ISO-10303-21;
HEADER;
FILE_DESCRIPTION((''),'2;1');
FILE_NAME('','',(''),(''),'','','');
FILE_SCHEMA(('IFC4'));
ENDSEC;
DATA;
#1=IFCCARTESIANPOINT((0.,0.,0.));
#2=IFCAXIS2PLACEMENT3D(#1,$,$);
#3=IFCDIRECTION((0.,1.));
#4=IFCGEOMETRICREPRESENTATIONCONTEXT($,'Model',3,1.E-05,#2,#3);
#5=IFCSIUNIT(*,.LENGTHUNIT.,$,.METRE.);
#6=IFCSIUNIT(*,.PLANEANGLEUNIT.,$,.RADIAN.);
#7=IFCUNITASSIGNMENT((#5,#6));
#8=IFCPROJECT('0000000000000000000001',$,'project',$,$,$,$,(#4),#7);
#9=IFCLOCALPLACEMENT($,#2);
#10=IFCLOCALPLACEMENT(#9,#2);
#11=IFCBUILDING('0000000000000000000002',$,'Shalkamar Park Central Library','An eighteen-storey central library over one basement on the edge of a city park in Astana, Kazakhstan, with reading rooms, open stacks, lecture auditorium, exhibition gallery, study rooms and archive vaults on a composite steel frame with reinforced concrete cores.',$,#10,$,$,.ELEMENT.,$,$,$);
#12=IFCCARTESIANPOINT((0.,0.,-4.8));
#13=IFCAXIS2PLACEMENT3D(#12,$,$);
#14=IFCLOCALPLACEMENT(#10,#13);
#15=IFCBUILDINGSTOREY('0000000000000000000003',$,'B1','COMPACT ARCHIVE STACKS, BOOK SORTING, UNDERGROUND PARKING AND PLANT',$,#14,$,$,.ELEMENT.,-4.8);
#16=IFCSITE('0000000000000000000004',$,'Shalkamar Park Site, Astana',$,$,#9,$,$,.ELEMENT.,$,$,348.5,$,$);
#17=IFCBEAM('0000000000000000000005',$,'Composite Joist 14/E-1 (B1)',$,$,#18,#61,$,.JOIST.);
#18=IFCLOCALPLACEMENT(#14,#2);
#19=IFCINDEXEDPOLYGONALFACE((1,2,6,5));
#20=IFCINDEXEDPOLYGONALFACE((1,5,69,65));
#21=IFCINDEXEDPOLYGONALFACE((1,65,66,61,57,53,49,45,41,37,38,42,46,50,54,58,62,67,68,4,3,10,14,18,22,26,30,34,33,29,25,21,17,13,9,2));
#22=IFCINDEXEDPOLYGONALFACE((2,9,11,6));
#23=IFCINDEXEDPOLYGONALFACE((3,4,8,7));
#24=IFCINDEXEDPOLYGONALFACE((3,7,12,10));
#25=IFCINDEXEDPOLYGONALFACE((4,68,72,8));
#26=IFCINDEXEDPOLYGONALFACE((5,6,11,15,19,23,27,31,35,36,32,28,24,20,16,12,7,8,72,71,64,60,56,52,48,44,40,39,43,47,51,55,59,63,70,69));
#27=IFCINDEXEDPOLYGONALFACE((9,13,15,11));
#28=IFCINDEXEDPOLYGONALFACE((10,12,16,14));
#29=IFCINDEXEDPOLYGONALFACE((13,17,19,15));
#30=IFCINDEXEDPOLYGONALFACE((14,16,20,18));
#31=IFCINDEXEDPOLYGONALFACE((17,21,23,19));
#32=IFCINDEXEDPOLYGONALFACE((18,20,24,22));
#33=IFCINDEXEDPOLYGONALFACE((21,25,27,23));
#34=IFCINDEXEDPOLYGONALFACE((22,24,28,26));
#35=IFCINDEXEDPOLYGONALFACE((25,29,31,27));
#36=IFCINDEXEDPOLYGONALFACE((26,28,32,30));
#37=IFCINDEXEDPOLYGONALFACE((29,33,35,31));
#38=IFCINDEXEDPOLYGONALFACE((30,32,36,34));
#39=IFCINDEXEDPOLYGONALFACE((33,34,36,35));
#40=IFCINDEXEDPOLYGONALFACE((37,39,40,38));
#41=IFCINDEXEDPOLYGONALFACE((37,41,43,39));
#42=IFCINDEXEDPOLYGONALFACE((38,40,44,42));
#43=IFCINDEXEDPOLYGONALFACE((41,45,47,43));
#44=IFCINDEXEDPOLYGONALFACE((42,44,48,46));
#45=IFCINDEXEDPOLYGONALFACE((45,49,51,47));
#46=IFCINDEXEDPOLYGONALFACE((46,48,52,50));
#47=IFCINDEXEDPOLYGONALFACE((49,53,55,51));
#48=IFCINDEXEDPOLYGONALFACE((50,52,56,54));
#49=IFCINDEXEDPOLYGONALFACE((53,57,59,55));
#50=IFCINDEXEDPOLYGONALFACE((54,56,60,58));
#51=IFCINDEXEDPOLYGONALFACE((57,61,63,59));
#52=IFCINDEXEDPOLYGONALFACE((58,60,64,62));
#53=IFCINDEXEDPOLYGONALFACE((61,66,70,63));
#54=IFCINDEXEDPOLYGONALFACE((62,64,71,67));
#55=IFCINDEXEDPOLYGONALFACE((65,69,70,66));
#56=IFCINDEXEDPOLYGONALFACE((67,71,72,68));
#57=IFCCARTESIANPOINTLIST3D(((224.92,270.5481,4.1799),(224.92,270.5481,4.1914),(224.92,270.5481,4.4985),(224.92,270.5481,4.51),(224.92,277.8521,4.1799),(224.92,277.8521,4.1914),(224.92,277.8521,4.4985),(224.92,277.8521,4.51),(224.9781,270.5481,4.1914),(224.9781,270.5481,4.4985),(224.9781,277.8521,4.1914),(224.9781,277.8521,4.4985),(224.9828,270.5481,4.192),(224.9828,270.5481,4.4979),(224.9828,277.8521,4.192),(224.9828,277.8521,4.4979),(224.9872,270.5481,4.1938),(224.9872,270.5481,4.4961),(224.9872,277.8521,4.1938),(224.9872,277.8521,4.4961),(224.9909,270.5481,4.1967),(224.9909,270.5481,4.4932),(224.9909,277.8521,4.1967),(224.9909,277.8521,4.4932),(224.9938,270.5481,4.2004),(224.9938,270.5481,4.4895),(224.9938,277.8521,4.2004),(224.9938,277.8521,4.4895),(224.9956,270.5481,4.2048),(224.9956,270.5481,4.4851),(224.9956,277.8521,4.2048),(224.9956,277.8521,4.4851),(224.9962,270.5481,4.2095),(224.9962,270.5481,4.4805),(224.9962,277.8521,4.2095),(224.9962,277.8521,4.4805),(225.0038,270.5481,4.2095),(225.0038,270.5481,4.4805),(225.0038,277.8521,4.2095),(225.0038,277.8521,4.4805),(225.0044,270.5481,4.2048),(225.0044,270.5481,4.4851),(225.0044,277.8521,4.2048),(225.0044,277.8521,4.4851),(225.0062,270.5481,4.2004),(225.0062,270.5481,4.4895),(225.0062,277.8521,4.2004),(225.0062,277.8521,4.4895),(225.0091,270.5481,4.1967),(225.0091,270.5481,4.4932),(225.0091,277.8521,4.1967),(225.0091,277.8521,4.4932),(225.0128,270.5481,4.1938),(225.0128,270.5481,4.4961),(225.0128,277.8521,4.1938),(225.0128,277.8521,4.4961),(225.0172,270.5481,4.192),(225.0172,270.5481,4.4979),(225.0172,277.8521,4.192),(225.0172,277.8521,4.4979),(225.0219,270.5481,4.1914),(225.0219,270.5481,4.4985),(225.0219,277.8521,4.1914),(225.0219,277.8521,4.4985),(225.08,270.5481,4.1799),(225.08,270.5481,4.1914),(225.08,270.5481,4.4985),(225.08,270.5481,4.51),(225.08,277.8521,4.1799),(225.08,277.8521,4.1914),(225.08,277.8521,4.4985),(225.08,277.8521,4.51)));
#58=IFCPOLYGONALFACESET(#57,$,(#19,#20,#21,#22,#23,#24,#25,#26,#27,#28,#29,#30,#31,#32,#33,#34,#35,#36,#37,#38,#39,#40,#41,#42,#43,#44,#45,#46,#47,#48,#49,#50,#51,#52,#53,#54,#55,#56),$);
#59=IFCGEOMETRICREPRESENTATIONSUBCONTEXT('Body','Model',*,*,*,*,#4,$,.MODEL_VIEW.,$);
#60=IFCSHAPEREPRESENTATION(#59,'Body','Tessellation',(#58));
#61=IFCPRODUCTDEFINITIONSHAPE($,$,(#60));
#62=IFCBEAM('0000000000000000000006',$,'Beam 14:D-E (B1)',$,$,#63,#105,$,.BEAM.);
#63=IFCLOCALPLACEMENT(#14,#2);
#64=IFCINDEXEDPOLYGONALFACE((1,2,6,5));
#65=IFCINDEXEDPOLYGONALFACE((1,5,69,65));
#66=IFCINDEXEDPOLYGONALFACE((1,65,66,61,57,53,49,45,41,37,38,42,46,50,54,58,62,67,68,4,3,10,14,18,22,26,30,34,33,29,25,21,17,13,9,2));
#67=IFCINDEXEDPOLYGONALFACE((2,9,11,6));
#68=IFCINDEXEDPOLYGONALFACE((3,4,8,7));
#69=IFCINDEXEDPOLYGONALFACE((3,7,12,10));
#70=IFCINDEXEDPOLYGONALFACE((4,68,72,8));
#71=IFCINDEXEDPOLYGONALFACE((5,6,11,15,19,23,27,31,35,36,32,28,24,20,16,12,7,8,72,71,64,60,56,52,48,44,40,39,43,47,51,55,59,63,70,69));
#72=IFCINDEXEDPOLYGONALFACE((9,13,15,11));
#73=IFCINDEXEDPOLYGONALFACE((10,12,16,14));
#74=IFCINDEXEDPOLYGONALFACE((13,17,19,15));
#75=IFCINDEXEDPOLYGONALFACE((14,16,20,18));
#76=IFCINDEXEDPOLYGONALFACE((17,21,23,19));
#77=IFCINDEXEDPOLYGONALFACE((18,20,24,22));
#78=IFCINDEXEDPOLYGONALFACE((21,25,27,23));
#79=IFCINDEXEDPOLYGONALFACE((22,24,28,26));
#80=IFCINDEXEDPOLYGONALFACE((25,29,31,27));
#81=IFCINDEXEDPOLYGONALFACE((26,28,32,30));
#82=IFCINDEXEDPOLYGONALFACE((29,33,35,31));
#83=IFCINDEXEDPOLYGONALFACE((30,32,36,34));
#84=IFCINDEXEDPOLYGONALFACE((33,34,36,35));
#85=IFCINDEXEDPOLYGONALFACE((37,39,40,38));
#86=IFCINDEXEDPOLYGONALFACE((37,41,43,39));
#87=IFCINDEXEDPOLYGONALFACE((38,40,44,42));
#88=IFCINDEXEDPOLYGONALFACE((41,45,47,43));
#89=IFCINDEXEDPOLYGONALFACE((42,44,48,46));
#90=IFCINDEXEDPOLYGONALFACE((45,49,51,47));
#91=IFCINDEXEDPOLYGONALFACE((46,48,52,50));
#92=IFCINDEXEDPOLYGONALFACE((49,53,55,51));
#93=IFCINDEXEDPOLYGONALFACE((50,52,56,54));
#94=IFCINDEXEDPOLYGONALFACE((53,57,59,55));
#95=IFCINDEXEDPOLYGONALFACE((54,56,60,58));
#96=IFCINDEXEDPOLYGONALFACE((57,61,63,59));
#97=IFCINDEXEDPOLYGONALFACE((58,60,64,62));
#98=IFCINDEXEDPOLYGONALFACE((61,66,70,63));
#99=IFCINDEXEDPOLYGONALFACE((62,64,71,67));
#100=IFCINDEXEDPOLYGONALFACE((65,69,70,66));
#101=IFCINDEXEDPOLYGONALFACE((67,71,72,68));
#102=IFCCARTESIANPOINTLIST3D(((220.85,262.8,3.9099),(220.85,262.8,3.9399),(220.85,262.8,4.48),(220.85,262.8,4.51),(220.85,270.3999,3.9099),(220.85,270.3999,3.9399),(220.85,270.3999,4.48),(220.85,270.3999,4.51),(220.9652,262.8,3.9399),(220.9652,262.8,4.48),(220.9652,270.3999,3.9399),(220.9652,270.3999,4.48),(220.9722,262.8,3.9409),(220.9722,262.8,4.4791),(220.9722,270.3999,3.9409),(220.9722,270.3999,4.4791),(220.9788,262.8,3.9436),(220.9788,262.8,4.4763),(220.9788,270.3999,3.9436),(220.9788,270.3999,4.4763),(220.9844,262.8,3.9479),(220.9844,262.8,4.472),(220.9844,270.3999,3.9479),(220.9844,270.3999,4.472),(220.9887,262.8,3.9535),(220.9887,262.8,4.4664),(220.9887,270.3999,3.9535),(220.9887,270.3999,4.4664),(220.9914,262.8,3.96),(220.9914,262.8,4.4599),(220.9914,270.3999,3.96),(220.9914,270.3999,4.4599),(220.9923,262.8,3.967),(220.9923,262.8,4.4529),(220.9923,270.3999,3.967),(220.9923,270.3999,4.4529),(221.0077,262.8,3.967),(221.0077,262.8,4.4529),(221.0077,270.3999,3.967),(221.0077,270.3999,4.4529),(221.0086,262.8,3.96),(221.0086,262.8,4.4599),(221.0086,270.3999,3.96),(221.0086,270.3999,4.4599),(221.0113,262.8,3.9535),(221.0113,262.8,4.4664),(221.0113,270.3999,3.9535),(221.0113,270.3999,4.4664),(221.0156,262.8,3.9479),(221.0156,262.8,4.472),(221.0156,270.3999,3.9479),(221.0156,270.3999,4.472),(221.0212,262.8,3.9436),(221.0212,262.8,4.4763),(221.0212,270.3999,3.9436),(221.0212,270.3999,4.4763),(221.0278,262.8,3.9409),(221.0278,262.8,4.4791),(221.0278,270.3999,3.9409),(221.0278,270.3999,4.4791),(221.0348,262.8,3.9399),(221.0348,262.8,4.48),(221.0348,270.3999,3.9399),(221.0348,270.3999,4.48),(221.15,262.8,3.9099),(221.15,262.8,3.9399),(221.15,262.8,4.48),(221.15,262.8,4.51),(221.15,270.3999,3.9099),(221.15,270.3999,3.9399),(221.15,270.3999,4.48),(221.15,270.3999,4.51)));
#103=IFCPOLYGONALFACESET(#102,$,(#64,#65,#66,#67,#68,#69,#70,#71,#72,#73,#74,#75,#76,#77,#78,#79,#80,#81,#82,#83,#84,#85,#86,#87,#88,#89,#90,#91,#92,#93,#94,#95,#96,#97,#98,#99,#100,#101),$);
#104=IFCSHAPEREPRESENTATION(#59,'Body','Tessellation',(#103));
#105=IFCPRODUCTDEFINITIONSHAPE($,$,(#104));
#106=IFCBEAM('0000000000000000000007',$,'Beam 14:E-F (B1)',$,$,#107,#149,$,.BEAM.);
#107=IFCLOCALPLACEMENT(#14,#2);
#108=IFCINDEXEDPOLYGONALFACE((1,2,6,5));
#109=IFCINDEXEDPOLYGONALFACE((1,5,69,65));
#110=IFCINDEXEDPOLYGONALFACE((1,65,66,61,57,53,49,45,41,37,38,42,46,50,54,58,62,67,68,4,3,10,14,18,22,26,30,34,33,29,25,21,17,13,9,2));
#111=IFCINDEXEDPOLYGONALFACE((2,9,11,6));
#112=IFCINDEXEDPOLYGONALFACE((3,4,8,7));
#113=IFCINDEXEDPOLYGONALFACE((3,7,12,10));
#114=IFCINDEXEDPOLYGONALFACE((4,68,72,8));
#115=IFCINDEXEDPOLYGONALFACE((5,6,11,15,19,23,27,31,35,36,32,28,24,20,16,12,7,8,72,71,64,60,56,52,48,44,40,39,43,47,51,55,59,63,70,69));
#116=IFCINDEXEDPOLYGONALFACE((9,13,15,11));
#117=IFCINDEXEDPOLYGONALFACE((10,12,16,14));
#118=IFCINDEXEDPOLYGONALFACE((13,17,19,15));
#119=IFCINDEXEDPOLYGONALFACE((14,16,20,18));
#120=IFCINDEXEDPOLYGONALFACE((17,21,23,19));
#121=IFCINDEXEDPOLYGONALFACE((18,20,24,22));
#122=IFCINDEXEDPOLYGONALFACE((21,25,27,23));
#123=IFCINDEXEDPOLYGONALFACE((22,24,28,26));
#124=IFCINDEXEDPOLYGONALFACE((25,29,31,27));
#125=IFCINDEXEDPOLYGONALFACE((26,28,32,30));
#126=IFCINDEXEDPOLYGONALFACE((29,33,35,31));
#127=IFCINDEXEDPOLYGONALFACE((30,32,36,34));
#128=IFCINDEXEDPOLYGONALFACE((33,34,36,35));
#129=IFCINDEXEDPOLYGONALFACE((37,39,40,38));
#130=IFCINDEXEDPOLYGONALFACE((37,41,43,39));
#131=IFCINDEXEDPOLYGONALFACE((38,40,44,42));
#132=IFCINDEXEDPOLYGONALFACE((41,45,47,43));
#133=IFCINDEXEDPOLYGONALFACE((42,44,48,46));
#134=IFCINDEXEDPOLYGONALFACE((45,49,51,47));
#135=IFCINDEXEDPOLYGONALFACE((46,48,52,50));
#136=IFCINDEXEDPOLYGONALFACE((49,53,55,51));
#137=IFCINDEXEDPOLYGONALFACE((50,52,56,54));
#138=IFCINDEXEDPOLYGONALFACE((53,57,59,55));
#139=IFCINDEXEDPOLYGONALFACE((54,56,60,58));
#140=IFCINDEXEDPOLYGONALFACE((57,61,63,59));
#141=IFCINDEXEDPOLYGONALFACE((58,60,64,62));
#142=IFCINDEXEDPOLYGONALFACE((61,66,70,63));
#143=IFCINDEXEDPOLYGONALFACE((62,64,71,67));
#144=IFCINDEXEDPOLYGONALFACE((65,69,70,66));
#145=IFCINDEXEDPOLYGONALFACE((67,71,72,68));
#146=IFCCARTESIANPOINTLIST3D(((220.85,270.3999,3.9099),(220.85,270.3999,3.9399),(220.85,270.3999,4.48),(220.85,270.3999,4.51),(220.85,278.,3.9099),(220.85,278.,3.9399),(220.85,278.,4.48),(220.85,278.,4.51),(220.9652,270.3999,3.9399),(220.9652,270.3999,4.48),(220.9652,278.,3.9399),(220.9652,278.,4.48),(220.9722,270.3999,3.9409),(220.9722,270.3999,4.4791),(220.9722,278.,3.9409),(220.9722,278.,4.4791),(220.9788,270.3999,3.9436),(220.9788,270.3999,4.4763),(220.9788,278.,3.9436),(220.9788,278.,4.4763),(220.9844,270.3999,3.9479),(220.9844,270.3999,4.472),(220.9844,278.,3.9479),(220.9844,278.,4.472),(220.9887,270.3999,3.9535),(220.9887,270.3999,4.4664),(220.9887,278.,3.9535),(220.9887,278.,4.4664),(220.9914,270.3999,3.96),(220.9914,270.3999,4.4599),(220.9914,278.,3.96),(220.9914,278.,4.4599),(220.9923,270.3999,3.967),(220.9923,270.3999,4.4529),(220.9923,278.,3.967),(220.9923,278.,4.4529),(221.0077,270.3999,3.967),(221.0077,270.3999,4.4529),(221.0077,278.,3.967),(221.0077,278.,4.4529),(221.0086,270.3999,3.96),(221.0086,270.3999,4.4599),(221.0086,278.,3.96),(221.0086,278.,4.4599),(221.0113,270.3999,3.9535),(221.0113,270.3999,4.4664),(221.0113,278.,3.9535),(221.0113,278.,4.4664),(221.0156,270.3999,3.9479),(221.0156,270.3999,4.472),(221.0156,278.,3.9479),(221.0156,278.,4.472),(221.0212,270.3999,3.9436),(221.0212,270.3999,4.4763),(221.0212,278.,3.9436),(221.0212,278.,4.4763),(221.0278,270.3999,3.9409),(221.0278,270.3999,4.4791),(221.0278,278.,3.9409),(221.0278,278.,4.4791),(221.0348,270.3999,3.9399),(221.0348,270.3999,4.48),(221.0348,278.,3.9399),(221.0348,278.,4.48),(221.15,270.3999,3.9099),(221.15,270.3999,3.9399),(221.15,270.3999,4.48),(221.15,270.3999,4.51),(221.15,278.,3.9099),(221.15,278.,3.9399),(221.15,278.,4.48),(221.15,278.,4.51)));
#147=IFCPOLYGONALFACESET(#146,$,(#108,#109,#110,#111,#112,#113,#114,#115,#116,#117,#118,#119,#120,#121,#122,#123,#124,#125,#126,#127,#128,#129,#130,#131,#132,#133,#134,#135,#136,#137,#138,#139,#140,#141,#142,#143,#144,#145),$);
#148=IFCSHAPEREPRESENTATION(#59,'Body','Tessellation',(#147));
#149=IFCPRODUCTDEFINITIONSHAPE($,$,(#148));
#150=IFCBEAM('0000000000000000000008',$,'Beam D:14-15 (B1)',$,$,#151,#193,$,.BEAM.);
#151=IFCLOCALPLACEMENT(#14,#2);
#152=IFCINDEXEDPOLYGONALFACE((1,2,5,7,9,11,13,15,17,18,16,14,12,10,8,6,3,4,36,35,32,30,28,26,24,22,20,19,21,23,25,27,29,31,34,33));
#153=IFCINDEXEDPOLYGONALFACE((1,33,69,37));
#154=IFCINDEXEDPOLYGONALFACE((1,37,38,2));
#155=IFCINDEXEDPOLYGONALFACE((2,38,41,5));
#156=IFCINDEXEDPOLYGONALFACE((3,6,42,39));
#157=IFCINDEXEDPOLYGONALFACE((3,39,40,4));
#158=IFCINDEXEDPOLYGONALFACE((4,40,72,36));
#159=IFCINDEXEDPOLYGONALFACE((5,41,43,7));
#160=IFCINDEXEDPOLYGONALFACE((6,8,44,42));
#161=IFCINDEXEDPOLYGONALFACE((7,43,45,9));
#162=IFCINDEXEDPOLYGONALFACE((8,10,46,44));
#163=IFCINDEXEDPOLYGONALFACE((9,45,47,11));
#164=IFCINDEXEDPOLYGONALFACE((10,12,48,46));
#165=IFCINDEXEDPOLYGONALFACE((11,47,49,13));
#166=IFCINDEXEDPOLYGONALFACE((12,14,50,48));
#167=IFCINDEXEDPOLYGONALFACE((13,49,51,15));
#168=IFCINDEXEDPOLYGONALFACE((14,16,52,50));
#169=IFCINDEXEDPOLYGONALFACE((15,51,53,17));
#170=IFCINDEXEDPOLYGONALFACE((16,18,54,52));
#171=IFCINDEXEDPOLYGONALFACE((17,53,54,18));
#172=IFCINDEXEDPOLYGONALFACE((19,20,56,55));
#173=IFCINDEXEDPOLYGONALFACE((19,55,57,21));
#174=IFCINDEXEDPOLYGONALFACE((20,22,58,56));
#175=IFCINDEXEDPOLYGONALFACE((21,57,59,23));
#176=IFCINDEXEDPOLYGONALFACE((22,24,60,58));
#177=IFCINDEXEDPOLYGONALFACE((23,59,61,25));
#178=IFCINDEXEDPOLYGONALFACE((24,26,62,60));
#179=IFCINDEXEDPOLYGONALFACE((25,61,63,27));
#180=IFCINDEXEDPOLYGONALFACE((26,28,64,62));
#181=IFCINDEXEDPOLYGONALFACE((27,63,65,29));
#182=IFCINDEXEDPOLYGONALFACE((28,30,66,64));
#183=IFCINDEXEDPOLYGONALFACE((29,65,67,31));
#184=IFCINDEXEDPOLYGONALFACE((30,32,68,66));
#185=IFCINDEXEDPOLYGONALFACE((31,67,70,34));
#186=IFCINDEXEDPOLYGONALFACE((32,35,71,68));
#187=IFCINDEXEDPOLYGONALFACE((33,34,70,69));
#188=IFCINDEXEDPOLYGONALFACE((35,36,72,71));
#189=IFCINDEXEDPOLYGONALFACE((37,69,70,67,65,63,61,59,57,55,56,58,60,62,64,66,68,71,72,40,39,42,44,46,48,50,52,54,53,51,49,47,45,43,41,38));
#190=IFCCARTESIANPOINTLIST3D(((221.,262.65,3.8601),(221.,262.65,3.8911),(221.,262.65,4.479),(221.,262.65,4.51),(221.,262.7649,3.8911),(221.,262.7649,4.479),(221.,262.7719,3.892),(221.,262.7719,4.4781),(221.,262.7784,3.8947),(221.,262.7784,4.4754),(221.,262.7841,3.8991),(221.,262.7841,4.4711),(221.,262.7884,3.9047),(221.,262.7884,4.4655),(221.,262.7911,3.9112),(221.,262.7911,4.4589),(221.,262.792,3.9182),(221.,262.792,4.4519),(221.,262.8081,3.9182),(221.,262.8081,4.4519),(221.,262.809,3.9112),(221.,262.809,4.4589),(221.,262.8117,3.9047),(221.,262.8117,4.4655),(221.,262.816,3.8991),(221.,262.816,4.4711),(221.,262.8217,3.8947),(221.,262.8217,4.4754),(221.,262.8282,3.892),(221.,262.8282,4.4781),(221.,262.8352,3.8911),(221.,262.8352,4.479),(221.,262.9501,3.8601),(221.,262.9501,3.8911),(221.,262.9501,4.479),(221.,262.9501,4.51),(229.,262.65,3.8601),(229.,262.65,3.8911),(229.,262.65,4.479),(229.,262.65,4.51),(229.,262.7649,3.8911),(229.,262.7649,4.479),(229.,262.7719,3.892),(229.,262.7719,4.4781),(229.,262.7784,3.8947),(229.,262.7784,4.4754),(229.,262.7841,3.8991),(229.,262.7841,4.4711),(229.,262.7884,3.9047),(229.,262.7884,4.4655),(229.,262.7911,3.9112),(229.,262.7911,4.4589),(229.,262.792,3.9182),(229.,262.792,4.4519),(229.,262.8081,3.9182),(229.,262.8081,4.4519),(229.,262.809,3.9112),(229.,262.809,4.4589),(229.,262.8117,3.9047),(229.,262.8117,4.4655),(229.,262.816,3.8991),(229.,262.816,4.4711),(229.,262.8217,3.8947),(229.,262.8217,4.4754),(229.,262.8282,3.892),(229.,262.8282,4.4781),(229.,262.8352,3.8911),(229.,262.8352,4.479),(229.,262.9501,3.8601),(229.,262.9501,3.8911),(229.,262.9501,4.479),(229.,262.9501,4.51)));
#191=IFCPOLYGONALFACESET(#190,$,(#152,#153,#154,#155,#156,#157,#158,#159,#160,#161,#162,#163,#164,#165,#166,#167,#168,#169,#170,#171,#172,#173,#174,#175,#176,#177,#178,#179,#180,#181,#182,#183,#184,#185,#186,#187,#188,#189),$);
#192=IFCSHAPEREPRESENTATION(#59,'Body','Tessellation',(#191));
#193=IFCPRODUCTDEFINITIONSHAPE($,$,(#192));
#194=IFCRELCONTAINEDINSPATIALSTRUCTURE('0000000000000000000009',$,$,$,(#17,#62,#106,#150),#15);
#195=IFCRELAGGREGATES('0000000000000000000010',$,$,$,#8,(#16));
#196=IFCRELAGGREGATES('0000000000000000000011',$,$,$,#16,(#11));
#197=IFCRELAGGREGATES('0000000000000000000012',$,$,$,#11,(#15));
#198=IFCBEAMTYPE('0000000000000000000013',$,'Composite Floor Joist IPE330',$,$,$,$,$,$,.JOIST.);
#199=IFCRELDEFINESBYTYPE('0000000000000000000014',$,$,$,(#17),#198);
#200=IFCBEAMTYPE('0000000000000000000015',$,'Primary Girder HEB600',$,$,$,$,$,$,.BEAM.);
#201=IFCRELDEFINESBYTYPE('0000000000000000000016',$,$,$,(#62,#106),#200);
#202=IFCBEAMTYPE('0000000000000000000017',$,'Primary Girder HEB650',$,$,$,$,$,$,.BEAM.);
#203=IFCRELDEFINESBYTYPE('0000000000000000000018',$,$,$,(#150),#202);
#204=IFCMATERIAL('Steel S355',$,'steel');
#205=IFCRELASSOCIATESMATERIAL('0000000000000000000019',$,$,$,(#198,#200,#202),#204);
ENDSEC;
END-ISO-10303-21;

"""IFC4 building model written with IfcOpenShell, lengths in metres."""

from ifc_helpers import new_model, si_unit, direction, frame, origin, origin_2d, place, context, subcontext, project, spatial, i_section, extrude, material, material_profile, profile_set, type_object, element, save


model = new_model("IFC4")

# Units and contexts
model_context = context("Model", 3, precision=1e-05, world=origin(), true_north=direction((0.0, 1.0)))
body_context = subcontext(model_context, "Body", "Model", "MODEL_VIEW")
ifc_project = project(units=[si_unit("LENGTHUNIT", "METRE"), si_unit("PLANEANGLEUNIT", "RADIAN")], contexts=[model_context])

# Site, building, storey
site_placement = place(None, origin())
site = spatial("IfcSite", under=ifc_project, at=site_placement, Name="Shalkamar Park Site, Astana", CompositionType="ELEMENT", RefElevation=348.5)
building_placement = place(site_placement, origin())
building = spatial("IfcBuilding", under=site, at=building_placement, Name="Shalkamar Park Central Library", Description="An eighteen-storey central library over one basement on the edge of a city park in Astana, Kazakhstan, with reading rooms, open stacks, lecture auditorium, exhibition gallery, study rooms and archive vaults on a composite steel frame with reinforced concrete cores.", CompositionType="ELEMENT")
storey_placement = place(building_placement, frame((0.0, 0.0, -4.8)))
storey = spatial("IfcBuildingStorey", under=building, at=storey_placement, Name="B1", Description="COMPACT ARCHIVE STACKS, BOOK SORTING, UNDERGROUND PARKING AND PLANT", CompositionType="ELEMENT", Elevation=-4.8)

# Shared definitions
ifc_material_1 = material(Name="Steel S355", Category="steel")

# Beams
ifc_material_profile_1 = material_profile(ifc_material_1, i_section(OverallWidth=0.1599, OverallDepth=0.3301, WebThickness=0.0076, FlangeThickness=0.0115, FilletRadius=0.0181, at=origin_2d()), Name="IPE 330")
ifc_profile_set_1 = profile_set([ifc_material_profile_1], Name="Steel S355")
beam_type_1 = type_object("IfcBeamType", Name="Composite Floor Joist IPE330", PredefinedType="JOIST", material=ifc_profile_set_1)
beam_1_placement = place(storey_placement, frame((225.0, 270.5481, 4.345), z_axis=(0.0, 1.0, 0.0), x_axis=(-1.0, 0.0, 0.0)))
element("IfcBeam", 1, at=beam_1_placement, inside=storey, type_object=beam_type_1, Name="Composite Joist 14/E-1 (B1)", PredefinedType="JOIST", context=body_context, shape_type="SweptSolid", body=[
    extrude(i_section(OverallWidth=0.1599, OverallDepth=0.3301, WebThickness=0.0076, FlangeThickness=0.0115, FilletRadius=0.0181, at=origin_2d()), origin(), (0.0, 0.0, 1.0), 7.304),
])
ifc_material_profile_2 = material_profile(ifc_material_1, i_section(OverallWidth=0.3, OverallDepth=0.6001, WebThickness=0.0154, FlangeThickness=0.03, FilletRadius=0.0271, at=origin_2d()), Name="HEB 600")
ifc_profile_set_2 = profile_set([ifc_material_profile_2], Name="Steel S355")
beam_type_2 = type_object("IfcBeamType", Name="Primary Girder HEB600", PredefinedType="BEAM", material=ifc_profile_set_2)
beam_2_placement = place(storey_placement, frame((221.0, 262.8, 4.21), z_axis=(0.0, 1.0, 0.0), x_axis=(-1.0, 0.0, 0.0)))
element("IfcBeam", 2, at=beam_2_placement, inside=storey, type_object=beam_type_2, Name="Beam 14:D-E (B1)", PredefinedType="BEAM", context=body_context, shape_type="SweptSolid", body=[
    extrude(i_section(OverallWidth=0.3, OverallDepth=0.6001, WebThickness=0.0154, FlangeThickness=0.03, FilletRadius=0.0271, at=origin_2d()), origin(), (0.0, 0.0, 1.0), 7.5999),
])
beam_3_placement = place(storey_placement, frame((221.0, 270.3999, 4.21), z_axis=(0.0, 1.0, 0.0), x_axis=(-1.0, 0.0, 0.0)))
element("IfcBeam", 3, at=beam_3_placement, inside=storey, type_object=beam_type_2, Name="Beam 14:E-F (B1)", PredefinedType="BEAM", context=body_context, shape_type="SweptSolid", body=[
    extrude(i_section(OverallWidth=0.3, OverallDepth=0.6001, WebThickness=0.0154, FlangeThickness=0.03, FilletRadius=0.0271, at=origin_2d()), origin(), (0.0, 0.0, 1.0), 7.6001),
])
ifc_material_profile_3 = material_profile(ifc_material_1, i_section(OverallWidth=0.3, OverallDepth=0.6499, WebThickness=0.0161, FlangeThickness=0.031, FilletRadius=0.0271, at=origin_2d()), Name="HEB 650")
ifc_profile_set_3 = profile_set([ifc_material_profile_3], Name="Steel S355")
beam_type_3 = type_object("IfcBeamType", Name="Primary Girder HEB650", PredefinedType="BEAM", material=ifc_profile_set_3)
for number, where, z_axis, x_axis, name in (
    (4, (221.0, 262.8, 4.1851), (1.0, 0.0, 0.0), (0.0, 1.0, 0.0), "Beam D:14-15 (B1)"),
):
    element("IfcBeam", number, at=place(storey_placement, frame(where, z_axis=z_axis, x_axis=x_axis)), inside=storey, type_object=beam_type_3, Name=name, PredefinedType="BEAM", context=body_context, shape_type="SweptSolid", body=[
        extrude(i_section(OverallWidth=0.3, OverallDepth=0.6499, WebThickness=0.0161, FlangeThickness=0.031, FilletRadius=0.0271, at=origin_2d()), origin(), (0.0, 0.0, 1.0), 8.0),
    ])

save(model, "model.ifc")
